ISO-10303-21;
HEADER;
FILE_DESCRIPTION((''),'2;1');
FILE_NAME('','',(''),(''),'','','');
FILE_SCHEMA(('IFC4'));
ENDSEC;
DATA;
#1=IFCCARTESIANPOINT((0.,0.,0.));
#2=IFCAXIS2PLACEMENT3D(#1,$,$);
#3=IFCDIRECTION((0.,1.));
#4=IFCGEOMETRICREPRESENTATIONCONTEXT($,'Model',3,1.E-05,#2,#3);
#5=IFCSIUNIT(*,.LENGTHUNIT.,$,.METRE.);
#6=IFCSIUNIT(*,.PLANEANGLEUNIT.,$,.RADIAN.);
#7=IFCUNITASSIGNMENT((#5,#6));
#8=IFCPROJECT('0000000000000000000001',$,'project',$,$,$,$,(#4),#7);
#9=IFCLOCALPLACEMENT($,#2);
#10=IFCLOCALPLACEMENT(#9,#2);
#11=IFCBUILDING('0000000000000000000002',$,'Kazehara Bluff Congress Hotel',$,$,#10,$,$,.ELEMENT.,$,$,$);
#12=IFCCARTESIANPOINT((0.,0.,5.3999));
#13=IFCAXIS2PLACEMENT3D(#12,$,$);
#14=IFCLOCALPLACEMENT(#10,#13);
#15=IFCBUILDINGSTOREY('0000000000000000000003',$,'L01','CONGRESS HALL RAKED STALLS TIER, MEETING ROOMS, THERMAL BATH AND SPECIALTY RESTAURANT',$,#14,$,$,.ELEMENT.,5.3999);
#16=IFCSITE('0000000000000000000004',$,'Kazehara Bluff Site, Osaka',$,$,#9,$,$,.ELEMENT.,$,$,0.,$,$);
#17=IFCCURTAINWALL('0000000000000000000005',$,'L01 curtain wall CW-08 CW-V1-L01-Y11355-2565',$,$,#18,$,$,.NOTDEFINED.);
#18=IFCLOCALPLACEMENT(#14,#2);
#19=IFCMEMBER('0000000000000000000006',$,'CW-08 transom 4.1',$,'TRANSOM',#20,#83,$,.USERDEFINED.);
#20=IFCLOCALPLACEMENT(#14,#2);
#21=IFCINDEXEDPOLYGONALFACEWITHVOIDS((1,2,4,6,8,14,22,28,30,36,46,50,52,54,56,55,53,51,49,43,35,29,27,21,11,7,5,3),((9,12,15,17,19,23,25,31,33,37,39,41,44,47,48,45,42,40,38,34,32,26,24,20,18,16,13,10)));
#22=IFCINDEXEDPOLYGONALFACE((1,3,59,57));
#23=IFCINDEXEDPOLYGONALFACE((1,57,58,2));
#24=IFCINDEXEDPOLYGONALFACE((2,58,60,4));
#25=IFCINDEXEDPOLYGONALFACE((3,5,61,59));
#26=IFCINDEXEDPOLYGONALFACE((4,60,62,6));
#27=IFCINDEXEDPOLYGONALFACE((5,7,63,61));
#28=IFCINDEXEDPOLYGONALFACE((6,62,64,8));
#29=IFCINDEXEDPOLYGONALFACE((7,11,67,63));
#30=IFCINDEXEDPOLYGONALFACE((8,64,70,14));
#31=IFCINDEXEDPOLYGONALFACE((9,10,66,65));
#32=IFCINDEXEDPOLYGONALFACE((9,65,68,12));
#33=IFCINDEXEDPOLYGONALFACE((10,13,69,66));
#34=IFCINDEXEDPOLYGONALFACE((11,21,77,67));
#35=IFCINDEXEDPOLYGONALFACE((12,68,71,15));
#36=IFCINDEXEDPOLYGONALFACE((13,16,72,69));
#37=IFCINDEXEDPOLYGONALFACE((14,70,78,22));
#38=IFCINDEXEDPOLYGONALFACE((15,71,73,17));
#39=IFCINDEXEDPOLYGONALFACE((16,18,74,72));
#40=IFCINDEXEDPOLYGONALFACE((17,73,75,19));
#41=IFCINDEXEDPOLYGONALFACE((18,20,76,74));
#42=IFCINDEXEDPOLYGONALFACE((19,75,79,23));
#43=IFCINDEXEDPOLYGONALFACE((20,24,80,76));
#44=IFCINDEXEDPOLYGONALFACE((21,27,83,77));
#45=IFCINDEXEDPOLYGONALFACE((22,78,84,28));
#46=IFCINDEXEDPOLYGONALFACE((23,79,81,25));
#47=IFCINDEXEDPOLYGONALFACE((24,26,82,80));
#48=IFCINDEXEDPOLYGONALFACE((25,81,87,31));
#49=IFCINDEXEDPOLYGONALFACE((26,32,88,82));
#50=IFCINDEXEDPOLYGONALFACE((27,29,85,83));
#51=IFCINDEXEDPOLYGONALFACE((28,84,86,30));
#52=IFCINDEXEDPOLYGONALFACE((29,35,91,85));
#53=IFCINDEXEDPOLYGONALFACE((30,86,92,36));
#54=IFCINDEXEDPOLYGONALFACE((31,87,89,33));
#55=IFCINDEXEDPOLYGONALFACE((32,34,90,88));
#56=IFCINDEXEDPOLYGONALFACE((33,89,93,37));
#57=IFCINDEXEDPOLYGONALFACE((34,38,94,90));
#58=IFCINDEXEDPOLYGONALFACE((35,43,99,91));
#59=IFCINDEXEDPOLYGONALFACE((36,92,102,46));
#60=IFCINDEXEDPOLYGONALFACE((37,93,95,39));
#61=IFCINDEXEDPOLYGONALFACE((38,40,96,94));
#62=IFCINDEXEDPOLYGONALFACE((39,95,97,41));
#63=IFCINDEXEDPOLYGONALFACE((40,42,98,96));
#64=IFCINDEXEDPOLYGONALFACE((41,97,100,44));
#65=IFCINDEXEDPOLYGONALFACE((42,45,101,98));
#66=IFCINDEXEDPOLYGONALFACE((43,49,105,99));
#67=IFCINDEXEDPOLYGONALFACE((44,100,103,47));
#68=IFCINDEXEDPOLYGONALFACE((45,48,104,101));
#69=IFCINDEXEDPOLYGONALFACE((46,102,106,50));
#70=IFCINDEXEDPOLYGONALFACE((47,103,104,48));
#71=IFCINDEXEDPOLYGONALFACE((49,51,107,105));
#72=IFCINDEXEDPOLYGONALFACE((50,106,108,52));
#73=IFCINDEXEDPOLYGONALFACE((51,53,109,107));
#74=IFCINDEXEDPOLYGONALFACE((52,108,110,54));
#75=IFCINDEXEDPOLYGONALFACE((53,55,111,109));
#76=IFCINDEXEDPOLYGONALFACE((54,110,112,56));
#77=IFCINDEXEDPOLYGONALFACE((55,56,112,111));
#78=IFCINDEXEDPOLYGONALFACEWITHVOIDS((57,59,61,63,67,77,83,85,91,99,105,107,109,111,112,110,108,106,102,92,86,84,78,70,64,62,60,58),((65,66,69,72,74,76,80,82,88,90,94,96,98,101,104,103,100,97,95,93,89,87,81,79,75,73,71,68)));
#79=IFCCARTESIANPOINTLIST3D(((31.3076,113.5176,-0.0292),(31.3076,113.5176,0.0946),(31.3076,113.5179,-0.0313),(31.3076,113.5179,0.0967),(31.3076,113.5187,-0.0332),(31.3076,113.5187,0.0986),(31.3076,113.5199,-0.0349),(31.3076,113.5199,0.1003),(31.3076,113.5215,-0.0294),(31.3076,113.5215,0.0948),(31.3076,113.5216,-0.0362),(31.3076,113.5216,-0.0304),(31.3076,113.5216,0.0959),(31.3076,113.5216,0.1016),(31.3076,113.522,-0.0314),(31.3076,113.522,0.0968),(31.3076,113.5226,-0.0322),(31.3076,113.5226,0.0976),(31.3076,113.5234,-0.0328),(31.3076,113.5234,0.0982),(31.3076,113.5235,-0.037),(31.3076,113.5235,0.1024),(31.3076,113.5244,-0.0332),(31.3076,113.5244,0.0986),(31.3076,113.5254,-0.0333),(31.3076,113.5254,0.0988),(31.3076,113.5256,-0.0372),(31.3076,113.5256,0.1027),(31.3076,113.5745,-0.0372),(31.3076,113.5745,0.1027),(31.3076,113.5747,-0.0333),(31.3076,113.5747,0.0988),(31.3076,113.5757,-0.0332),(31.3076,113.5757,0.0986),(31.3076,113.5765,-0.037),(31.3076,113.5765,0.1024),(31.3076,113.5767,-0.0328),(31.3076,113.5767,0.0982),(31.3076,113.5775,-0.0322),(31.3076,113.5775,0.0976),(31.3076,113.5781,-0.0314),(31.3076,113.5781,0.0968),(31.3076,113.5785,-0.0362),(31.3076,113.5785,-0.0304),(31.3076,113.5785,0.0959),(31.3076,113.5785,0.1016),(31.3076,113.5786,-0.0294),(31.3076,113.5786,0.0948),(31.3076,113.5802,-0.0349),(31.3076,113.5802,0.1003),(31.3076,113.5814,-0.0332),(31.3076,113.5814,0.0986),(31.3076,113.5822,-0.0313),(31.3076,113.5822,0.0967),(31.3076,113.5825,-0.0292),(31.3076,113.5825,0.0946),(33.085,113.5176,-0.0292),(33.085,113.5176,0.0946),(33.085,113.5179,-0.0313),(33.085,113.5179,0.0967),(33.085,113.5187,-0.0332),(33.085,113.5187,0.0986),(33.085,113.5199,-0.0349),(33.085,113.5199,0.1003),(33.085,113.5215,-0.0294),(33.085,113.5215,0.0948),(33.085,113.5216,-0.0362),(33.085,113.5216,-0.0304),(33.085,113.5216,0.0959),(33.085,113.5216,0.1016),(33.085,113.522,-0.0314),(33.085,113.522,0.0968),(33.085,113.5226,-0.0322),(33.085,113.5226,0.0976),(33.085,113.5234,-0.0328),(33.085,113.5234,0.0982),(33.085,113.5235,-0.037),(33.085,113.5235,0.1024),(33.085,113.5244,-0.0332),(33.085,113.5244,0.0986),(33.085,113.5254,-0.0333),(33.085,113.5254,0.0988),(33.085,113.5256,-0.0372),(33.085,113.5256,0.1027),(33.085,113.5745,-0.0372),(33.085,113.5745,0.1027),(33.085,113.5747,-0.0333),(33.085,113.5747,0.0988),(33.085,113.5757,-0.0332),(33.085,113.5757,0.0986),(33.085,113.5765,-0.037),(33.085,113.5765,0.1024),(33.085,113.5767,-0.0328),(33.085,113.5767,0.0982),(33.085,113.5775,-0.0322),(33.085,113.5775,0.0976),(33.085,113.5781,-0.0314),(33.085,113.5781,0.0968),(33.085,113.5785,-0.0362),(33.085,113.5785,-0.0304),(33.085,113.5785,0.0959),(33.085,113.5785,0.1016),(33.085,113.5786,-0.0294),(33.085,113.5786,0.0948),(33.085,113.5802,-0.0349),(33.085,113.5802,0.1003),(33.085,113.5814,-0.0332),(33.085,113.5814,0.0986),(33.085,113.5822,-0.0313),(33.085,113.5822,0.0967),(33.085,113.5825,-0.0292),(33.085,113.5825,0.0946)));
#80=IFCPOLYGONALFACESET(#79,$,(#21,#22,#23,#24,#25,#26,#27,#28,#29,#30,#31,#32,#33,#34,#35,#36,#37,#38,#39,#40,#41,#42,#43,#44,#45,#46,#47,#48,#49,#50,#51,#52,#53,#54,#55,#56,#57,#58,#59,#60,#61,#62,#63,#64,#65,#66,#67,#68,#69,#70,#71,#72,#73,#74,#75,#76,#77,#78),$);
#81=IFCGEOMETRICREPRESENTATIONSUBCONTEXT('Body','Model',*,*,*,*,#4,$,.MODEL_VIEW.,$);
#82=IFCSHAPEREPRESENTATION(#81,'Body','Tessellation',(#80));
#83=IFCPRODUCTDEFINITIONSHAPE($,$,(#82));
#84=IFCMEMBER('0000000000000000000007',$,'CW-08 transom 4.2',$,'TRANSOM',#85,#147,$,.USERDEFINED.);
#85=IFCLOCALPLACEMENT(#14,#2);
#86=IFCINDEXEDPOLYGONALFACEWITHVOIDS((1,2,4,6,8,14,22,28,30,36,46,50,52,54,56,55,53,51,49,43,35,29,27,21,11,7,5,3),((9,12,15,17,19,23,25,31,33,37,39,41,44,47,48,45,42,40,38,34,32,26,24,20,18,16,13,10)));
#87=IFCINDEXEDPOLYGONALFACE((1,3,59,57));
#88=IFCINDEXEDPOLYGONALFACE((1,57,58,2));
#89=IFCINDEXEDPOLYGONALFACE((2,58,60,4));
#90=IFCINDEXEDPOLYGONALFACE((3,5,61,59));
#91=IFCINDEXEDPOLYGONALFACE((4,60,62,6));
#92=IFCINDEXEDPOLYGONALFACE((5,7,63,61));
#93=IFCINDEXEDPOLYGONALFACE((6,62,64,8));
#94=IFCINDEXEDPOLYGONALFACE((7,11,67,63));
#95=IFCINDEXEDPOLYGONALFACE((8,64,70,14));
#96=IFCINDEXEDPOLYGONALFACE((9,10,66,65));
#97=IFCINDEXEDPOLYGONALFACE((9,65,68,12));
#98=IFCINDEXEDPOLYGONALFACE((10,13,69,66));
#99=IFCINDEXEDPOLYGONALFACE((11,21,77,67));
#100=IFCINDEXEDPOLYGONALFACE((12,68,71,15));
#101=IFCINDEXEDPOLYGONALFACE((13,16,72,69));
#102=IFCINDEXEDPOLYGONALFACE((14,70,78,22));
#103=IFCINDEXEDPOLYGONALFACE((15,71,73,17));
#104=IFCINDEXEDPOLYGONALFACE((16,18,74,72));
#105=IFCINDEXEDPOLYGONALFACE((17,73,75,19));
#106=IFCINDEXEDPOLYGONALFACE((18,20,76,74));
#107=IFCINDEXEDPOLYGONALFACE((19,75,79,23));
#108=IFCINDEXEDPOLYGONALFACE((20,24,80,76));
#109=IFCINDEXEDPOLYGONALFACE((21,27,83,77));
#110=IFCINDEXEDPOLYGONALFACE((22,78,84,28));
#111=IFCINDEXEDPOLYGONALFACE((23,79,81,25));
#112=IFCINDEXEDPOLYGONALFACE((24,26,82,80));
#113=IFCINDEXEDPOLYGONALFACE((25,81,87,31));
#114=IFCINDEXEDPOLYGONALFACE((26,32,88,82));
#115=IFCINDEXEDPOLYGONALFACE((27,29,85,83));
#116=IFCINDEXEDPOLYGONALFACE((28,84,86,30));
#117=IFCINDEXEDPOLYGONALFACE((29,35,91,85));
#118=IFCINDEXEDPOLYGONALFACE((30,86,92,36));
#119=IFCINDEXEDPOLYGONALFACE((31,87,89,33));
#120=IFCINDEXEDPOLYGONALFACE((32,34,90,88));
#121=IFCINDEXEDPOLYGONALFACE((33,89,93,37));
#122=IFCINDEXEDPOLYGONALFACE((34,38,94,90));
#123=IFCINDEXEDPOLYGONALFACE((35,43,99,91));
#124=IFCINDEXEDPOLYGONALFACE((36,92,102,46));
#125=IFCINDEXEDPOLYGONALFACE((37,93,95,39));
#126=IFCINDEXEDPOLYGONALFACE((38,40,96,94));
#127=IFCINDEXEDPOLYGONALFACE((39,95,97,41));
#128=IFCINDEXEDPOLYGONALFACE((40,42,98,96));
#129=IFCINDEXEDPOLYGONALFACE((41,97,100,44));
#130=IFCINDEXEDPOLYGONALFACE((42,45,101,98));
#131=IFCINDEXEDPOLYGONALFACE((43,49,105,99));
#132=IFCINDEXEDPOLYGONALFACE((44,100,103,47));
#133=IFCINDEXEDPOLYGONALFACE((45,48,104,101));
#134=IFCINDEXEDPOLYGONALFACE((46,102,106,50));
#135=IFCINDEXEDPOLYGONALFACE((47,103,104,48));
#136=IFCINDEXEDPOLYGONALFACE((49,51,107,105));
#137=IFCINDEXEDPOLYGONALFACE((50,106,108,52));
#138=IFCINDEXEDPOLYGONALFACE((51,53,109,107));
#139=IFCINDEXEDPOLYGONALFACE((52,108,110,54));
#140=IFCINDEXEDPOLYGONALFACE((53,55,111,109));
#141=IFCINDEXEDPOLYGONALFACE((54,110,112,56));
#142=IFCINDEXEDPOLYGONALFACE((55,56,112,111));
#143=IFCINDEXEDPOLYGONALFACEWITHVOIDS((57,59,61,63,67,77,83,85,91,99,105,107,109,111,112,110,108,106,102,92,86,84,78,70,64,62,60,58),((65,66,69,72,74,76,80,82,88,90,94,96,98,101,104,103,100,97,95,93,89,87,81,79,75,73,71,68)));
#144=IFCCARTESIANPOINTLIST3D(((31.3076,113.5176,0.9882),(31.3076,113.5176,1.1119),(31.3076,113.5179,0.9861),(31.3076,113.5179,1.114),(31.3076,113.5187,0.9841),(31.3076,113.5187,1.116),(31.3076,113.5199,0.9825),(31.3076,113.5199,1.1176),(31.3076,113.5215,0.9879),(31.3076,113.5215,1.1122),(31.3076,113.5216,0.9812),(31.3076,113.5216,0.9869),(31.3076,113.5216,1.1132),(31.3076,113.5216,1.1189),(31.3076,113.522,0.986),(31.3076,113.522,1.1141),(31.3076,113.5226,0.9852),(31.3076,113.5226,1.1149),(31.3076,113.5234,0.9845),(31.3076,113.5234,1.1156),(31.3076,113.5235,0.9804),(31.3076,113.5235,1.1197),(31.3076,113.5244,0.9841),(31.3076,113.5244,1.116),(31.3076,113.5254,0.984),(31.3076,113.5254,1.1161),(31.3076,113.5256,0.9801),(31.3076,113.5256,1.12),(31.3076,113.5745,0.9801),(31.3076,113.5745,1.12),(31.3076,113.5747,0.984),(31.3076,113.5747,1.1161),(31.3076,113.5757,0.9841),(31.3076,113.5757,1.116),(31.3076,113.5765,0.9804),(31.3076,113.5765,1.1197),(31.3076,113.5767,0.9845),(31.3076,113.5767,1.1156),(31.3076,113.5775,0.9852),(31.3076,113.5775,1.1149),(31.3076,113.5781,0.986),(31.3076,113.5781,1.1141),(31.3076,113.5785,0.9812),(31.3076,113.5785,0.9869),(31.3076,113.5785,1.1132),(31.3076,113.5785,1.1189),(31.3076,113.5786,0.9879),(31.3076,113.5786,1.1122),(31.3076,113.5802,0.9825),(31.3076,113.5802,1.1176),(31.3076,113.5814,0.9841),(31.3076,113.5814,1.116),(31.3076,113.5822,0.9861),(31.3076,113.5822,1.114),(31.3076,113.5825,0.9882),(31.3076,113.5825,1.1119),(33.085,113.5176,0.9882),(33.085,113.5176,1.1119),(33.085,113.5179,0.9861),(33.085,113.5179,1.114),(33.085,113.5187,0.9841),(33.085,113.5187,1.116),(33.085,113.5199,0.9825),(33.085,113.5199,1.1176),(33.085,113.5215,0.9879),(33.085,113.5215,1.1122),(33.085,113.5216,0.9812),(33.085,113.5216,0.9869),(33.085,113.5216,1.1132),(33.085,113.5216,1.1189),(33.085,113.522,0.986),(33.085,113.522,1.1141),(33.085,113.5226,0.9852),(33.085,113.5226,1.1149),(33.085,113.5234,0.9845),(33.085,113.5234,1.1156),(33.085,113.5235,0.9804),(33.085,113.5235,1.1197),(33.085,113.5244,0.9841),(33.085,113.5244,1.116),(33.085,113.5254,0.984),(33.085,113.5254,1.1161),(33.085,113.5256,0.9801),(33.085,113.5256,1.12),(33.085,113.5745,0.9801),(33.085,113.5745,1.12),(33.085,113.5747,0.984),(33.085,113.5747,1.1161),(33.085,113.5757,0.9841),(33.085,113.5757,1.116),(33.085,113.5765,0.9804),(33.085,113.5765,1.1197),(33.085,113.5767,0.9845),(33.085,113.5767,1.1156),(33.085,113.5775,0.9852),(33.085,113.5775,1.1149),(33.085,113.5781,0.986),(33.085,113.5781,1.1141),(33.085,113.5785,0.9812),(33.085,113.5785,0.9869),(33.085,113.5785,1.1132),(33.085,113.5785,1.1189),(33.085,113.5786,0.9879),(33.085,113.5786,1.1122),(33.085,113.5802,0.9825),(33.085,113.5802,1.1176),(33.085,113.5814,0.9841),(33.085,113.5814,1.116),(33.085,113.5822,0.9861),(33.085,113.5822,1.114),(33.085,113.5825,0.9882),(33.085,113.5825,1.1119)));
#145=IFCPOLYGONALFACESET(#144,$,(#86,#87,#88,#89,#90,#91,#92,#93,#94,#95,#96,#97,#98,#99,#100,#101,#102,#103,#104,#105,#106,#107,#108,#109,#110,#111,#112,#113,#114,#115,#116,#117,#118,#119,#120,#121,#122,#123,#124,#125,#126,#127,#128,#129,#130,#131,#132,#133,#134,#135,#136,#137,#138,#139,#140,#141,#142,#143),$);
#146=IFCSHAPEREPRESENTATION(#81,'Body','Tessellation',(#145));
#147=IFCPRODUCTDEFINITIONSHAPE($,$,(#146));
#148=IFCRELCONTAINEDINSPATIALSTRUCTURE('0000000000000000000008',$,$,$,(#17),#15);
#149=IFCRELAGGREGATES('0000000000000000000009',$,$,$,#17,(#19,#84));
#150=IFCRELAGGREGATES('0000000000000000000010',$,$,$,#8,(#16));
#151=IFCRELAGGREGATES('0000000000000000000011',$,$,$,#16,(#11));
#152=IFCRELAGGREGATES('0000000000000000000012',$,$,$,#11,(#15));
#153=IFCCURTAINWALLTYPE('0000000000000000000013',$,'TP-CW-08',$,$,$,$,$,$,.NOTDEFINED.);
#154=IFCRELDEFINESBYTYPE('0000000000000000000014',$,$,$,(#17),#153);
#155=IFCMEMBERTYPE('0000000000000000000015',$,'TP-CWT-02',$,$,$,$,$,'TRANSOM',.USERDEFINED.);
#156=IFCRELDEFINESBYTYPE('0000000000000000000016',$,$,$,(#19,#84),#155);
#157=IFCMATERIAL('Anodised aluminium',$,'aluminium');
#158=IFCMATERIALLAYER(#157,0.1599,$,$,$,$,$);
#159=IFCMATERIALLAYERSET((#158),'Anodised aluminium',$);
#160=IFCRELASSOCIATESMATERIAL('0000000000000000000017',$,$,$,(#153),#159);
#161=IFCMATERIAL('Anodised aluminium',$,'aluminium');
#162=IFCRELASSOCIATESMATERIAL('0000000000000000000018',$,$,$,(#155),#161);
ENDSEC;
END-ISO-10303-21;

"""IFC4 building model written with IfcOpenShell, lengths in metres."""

from ifc_helpers import new_model, si_unit, direction, frame, origin, origin_2d, place, context, subcontext, project, spatial, hollow_rectangle, extrude, material, layer, layer_set, material_profile, profile_set, type_object, element, aggregate, save


model = new_model("IFC4")

# Units and contexts
model_context = context("Model", 3, precision=1e-05, world=origin(), true_north=direction((0.0, 1.0)))
body_context = subcontext(model_context, "Body", "Model", "MODEL_VIEW")
ifc_project = project(units=[si_unit("LENGTHUNIT", "METRE"), si_unit("PLANEANGLEUNIT", "RADIAN")], contexts=[model_context])

# Site, building, storey
site_placement = place(None, origin())
site = spatial("IfcSite", under=ifc_project, at=site_placement, Name="Kazehara Bluff Site, Osaka", CompositionType="ELEMENT", RefElevation=0.0)
building_placement = place(site_placement, origin())
building = spatial("IfcBuilding", under=site, at=building_placement, Name="Kazehara Bluff Congress Hotel", CompositionType="ELEMENT")
storey_placement = place(building_placement, frame((0.0, 0.0, 5.3999)))
storey = spatial("IfcBuildingStorey", under=building, at=storey_placement, Name="L01", Description="CONGRESS HALL RAKED STALLS TIER, MEETING ROOMS, THERMAL BATH AND SPECIALTY RESTAURANT", CompositionType="ELEMENT", Elevation=5.3999)

# Curtain wall
ifc_material_1 = material(Name="Anodised aluminium", Category="aluminium")
ifc_layer_1 = layer(ifc_material_1, 0.1599)
ifc_layer_set_1 = layer_set([ifc_layer_1], Name="Anodised aluminium")
curtain_wall_type = type_object("IfcCurtainWallType", Name="TP-CW-08", PredefinedType="NOTDEFINED", material=ifc_layer_set_1)
curtain_wall_1_placement = place(storey_placement, origin())
curtain_wall_1 = element("IfcCurtainWall", 1, at=curtain_wall_1_placement, inside=storey, type_object=curtain_wall_type, Name="L01 curtain wall CW-08 CW-V1-L01-Y11355-2565", PredefinedType="NOTDEFINED")

# Members
ifc_material_2 = material(Name="Anodised aluminium", Category="aluminium")
ifc_material_profile_1 = material_profile(ifc_material_2, hollow_rectangle(XDim=0.0649, YDim=0.1399, WallThickness=0.0039, InnerFilletRadius=0.0039, OuterFilletRadius=0.0081, at=origin_2d()))
ifc_profile_set_1 = profile_set([ifc_material_profile_1], Name="Anodised aluminium")
member_type_1 = type_object("IfcMemberType", Name="TP-CWT-02", ElementType="TRANSOM", PredefinedType="USERDEFINED", material=ifc_profile_set_1)
member_1_placement = place(storey_placement, frame((31.3076, 113.55, 0.0327), z_axis=(1.0, 0.0, 0.0), x_axis=(0.0, 1.0, 0.0)))
member_1 = element("IfcMember", 2, at=member_1_placement, type_object=member_type_1, Name="CW-08 transom 4.1", ObjectType="TRANSOM", PredefinedType="USERDEFINED", context=body_context, shape_type="SweptSolid", body=[
    extrude(hollow_rectangle(XDim=0.0649, YDim=0.1399, WallThickness=0.0039, InnerFilletRadius=0.0039, OuterFilletRadius=0.0081, at=origin_2d()), origin(), (0.0, 0.0, 1.0), 1.7773),
])
member_2_placement = place(storey_placement, frame((31.3076, 113.55, 1.05), z_axis=(1.0, 0.0, 0.0), x_axis=(0.0, 1.0, 0.0)))
member_2 = element("IfcMember", 3, at=member_2_placement, type_object=member_type_1, Name="CW-08 transom 4.2", ObjectType="TRANSOM", PredefinedType="USERDEFINED", context=body_context, shape_type="SweptSolid", body=[
    extrude(hollow_rectangle(XDim=0.0649, YDim=0.1399, WallThickness=0.0039, InnerFilletRadius=0.0039, OuterFilletRadius=0.0081, at=origin_2d()), origin(), (0.0, 0.0, 1.0), 1.7773),
])

aggregate(curtain_wall_1, [member_1, member_2])

save(model, "model.ifc")
